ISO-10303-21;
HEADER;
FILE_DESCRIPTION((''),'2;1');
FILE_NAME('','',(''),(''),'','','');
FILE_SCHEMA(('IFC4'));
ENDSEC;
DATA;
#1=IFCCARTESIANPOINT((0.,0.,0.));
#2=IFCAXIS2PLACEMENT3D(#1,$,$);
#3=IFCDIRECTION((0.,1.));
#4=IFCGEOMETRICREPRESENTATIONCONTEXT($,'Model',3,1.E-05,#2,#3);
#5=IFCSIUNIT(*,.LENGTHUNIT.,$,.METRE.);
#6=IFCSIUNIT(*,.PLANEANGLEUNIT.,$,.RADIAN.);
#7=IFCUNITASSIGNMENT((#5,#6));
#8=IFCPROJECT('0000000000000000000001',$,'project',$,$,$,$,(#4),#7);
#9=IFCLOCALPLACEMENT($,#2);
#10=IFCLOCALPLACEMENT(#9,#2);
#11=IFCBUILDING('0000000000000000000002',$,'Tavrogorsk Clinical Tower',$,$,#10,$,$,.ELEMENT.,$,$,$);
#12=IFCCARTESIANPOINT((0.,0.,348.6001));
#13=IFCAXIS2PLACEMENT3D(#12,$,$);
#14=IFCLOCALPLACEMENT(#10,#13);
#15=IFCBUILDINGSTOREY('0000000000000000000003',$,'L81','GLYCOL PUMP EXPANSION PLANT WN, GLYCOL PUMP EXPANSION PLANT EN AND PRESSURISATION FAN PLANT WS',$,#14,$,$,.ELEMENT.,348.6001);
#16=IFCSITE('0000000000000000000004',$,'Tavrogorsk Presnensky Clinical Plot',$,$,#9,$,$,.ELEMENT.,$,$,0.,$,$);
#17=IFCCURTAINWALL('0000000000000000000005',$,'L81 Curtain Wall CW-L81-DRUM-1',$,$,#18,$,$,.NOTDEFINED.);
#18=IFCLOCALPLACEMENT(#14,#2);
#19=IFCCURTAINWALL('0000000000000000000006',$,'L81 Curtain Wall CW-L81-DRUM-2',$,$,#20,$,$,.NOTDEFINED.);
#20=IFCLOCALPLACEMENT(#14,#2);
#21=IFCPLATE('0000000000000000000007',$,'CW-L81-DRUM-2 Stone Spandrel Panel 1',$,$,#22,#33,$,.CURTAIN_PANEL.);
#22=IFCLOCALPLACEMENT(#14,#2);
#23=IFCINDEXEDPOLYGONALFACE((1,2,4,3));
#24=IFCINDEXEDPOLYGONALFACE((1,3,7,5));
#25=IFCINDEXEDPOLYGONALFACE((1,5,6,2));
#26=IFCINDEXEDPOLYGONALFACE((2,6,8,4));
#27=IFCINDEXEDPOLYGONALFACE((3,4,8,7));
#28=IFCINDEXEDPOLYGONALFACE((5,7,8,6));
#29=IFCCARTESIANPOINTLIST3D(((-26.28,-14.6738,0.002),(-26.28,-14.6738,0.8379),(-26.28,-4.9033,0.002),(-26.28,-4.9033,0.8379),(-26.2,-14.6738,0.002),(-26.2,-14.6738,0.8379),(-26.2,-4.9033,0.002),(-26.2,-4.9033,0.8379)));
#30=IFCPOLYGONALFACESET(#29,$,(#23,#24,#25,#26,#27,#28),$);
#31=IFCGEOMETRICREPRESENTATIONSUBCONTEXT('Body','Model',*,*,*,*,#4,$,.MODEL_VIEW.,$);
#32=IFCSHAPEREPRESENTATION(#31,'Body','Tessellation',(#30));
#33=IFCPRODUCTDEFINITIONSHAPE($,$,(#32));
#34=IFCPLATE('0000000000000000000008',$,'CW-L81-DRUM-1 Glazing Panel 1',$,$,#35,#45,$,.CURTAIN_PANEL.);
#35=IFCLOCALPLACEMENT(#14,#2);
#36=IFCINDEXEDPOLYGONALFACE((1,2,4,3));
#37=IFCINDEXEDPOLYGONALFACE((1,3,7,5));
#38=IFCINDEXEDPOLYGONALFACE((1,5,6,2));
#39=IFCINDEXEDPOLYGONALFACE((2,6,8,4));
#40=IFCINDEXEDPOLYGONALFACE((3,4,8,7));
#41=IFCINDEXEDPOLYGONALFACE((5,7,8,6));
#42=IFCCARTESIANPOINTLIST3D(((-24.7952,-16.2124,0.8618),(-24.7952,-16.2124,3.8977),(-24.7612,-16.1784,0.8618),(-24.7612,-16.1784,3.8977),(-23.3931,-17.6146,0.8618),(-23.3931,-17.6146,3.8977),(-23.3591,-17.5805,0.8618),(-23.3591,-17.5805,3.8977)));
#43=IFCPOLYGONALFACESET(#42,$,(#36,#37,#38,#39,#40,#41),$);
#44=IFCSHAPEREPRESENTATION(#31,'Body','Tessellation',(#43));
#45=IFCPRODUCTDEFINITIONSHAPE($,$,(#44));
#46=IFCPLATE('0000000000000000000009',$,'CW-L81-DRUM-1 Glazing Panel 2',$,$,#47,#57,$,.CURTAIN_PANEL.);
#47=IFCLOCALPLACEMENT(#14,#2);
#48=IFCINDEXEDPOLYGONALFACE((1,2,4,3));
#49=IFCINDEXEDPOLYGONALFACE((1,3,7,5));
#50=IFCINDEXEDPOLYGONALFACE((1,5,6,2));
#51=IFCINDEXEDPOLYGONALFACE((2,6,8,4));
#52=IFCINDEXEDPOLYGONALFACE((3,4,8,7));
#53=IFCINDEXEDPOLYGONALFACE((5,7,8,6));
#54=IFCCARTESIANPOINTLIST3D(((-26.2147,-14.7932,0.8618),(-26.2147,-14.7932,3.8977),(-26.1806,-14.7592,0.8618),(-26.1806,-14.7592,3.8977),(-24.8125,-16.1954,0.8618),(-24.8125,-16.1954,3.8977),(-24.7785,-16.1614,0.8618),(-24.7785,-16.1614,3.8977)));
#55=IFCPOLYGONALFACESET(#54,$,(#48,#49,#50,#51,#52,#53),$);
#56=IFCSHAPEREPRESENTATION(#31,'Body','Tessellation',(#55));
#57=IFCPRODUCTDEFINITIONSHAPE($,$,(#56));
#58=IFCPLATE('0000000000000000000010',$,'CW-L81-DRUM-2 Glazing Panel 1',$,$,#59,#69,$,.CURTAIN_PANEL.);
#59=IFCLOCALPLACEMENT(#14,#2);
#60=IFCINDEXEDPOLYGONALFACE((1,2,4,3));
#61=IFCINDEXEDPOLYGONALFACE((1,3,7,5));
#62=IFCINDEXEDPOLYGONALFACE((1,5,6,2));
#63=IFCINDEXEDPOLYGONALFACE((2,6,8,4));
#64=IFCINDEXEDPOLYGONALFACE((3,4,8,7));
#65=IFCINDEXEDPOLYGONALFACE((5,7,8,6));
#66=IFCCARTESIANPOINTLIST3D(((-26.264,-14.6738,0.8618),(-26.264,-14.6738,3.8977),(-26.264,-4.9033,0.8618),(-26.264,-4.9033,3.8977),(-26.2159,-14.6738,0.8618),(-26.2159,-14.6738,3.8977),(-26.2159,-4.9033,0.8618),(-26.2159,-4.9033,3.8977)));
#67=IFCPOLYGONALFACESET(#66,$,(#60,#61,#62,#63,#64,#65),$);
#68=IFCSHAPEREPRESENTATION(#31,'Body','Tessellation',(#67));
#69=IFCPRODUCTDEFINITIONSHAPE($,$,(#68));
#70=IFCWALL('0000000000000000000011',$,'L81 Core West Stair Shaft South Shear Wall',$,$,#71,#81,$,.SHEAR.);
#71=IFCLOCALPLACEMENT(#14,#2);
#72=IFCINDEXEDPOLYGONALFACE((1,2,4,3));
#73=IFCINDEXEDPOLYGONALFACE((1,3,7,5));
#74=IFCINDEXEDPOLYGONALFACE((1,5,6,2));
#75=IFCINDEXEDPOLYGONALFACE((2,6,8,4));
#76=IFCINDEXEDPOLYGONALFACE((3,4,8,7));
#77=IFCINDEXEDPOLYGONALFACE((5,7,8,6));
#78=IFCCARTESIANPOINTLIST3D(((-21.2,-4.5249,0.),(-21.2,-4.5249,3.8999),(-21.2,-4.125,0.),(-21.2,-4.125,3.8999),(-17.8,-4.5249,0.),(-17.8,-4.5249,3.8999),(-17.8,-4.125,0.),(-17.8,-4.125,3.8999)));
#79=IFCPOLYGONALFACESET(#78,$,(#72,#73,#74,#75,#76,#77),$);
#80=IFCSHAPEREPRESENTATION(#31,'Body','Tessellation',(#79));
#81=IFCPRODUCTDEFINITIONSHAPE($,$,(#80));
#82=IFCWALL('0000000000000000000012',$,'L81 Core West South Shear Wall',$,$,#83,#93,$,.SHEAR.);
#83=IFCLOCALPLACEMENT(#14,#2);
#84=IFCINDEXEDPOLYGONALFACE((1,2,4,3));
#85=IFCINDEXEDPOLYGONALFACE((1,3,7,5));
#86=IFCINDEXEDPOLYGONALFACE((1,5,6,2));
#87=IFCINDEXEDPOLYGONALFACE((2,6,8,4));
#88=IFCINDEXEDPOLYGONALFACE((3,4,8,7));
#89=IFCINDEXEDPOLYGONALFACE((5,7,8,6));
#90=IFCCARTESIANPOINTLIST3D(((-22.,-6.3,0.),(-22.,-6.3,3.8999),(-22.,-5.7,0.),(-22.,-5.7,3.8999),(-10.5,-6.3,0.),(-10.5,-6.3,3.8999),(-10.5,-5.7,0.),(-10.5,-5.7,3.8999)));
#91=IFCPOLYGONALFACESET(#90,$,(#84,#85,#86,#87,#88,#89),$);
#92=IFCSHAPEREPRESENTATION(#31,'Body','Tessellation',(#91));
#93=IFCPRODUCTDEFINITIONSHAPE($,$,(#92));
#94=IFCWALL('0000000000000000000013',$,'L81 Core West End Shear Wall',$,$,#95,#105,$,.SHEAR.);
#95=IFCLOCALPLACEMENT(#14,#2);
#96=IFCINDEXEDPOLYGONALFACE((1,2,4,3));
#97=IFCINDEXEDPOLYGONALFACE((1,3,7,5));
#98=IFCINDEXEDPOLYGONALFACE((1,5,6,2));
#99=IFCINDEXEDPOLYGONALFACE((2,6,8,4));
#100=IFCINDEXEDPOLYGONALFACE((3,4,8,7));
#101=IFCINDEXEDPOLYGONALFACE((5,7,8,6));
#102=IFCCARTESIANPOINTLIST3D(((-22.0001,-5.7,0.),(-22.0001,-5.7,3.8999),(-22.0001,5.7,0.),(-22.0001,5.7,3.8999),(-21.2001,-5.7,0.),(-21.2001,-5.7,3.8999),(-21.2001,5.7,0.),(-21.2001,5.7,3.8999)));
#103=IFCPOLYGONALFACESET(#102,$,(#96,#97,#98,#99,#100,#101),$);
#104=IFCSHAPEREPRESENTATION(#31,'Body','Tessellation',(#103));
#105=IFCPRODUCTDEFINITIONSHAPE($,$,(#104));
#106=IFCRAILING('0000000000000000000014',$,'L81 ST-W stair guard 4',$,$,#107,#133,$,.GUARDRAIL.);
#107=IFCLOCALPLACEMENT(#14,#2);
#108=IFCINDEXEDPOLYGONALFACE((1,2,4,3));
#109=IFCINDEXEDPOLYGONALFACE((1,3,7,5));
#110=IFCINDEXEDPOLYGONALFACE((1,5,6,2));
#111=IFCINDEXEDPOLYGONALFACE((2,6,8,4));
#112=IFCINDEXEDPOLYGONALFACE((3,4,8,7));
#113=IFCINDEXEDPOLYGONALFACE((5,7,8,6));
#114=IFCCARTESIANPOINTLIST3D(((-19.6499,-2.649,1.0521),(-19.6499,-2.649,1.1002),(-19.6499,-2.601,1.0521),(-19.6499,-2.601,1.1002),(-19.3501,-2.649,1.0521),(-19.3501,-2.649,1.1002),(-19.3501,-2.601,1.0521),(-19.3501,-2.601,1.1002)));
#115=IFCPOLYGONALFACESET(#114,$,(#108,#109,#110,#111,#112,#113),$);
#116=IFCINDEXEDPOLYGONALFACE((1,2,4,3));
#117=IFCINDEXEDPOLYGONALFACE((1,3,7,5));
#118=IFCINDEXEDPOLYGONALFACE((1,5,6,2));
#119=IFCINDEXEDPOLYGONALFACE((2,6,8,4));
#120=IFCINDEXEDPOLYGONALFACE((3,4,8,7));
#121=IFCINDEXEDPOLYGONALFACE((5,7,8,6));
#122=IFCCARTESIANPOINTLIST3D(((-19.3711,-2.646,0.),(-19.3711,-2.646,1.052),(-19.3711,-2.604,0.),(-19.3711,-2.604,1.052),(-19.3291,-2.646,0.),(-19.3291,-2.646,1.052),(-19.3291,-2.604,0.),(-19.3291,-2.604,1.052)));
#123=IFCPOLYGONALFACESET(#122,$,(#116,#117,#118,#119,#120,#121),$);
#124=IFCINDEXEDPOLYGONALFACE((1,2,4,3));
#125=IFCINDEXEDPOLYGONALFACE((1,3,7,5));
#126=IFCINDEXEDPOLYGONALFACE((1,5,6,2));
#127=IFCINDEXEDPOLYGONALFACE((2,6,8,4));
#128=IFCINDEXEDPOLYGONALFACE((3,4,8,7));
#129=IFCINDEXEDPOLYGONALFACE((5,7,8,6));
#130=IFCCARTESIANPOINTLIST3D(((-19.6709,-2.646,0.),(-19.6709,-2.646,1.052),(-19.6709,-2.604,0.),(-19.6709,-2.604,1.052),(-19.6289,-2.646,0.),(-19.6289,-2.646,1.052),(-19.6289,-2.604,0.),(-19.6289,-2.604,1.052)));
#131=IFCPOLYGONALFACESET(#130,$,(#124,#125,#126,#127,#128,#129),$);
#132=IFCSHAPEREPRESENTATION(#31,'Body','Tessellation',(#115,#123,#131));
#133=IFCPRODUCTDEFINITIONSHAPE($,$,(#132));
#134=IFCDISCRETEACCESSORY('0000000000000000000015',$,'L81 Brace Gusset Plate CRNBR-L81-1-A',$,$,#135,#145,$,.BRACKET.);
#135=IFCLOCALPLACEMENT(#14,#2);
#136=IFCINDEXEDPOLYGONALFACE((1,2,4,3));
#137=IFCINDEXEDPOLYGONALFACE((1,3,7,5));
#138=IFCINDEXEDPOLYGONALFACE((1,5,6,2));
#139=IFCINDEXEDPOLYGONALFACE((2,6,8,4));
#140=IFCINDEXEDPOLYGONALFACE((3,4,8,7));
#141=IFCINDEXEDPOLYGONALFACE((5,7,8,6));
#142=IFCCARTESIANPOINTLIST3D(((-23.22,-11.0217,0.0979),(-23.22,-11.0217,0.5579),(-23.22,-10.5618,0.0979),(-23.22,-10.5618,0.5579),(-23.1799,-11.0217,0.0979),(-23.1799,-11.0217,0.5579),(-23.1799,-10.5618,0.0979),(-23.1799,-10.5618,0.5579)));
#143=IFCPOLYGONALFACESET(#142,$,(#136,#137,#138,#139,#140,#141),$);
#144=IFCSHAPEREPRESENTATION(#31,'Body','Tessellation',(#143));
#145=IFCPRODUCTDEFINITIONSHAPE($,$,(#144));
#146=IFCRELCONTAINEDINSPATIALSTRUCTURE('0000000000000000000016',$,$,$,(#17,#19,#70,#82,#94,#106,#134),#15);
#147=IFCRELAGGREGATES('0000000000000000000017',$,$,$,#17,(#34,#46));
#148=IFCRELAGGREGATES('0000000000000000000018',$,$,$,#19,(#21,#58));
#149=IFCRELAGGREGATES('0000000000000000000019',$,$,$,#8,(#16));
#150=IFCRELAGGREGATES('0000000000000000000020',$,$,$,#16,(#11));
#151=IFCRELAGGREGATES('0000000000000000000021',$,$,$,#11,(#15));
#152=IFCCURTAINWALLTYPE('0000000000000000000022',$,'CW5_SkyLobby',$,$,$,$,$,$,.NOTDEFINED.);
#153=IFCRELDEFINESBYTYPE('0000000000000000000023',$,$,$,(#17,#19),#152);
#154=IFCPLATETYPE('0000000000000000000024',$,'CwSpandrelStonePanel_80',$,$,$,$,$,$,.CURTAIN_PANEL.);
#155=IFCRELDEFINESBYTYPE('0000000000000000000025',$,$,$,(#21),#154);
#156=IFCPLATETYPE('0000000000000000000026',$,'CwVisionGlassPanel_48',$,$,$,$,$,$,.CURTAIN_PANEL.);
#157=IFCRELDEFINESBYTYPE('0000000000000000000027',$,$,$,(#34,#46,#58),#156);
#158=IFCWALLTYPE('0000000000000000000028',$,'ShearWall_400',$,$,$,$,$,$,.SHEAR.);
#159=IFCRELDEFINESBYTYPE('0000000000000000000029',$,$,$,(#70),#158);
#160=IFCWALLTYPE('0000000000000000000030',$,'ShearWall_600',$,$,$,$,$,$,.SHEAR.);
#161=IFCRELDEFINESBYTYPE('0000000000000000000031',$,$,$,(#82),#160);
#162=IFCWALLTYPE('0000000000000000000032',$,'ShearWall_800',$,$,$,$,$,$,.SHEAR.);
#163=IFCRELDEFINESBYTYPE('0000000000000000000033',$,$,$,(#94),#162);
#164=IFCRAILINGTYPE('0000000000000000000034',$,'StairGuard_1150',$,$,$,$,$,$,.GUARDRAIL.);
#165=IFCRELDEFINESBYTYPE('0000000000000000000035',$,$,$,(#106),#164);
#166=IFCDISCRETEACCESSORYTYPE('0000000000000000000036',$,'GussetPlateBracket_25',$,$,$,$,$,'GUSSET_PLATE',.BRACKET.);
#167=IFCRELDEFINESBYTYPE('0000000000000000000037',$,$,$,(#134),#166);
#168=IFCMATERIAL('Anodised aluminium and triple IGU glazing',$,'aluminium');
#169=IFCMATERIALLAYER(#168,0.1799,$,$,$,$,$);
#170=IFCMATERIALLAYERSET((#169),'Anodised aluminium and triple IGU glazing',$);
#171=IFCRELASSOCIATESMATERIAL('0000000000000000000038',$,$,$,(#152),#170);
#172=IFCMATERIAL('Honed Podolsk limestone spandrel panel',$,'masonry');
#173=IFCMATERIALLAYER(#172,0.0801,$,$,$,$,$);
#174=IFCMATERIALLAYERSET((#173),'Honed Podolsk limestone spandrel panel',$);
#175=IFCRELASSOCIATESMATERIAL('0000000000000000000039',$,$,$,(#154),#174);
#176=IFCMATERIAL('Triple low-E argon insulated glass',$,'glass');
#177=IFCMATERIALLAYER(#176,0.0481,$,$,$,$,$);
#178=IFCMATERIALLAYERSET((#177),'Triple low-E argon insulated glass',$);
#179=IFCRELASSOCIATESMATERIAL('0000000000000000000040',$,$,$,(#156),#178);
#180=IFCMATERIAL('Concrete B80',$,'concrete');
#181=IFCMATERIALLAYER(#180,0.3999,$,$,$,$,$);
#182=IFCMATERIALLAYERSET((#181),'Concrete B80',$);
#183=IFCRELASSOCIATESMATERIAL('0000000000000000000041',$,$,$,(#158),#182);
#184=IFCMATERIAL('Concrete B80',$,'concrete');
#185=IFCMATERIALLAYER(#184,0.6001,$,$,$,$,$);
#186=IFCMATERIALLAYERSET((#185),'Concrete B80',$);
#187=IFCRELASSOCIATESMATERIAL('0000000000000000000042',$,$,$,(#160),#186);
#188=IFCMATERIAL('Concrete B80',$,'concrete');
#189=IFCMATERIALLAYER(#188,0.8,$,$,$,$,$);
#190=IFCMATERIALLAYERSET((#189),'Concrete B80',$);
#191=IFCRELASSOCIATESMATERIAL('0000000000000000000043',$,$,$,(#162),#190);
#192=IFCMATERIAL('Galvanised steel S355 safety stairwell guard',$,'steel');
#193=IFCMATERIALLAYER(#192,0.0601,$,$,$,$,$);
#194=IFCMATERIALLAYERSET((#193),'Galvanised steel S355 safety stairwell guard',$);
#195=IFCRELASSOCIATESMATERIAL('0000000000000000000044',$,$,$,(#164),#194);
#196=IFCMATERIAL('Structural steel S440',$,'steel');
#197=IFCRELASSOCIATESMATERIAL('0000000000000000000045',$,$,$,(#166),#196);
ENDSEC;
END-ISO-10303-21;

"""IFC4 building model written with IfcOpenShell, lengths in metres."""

from ifc_helpers import new_model, si_unit, direction, frame, frame_2d, origin, origin_2d, place, context, subcontext, project, spatial, rectangle, extrude, material, layer, layer_set, type_object, element, aggregate, save


model = new_model("IFC4")

# Units and contexts
model_context = context("Model", 3, precision=1e-05, world=origin(), true_north=direction((0.0, 1.0)))
body_context = subcontext(model_context, "Body", "Model", "MODEL_VIEW")
ifc_project = project(units=[si_unit("LENGTHUNIT", "METRE"), si_unit("PLANEANGLEUNIT", "RADIAN")], contexts=[model_context])

# Site, building, storey
site_placement = place(None, origin())
site = spatial("IfcSite", under=ifc_project, at=site_placement, Name="Tavrogorsk Presnensky Clinical Plot", CompositionType="ELEMENT", RefElevation=0.0)
building_placement = place(site_placement, origin())
building = spatial("IfcBuilding", under=site, at=building_placement, Name="Tavrogorsk Clinical Tower", CompositionType="ELEMENT")
storey_placement = place(building_placement, frame((0.0, 0.0, 348.6001)))
storey = spatial("IfcBuildingStorey", under=building, at=storey_placement, Name="L81", Description="GLYCOL PUMP EXPANSION PLANT WN, GLYCOL PUMP EXPANSION PLANT EN AND PRESSURISATION FAN PLANT WS", CompositionType="ELEMENT", Elevation=348.6001)

# Curtain walls
ifc_material_1 = material(Name="Anodised aluminium and triple IGU glazing", Category="aluminium")
ifc_layer_1 = layer(ifc_material_1, 0.1799)
ifc_layer_set_1 = layer_set([ifc_layer_1], Name="Anodised aluminium and triple IGU glazing")
curtain_wall_type = type_object("IfcCurtainWallType", Name="CW5_SkyLobby", PredefinedType="NOTDEFINED", material=ifc_layer_set_1)
curtain_wall_1_placement = place(storey_placement, origin())
curtain_wall_1 = element("IfcCurtainWall", 1, at=curtain_wall_1_placement, inside=storey, type_object=curtain_wall_type, Name="L81 Curtain Wall CW-L81-DRUM-1", PredefinedType="NOTDEFINED")
curtain_wall_2_placement = place(storey_placement, origin())
curtain_wall_2 = element("IfcCurtainWall", 2, at=curtain_wall_2_placement, inside=storey, type_object=curtain_wall_type, Name="L81 Curtain Wall CW-L81-DRUM-2", PredefinedType="NOTDEFINED")

# Plates
ifc_material_2 = material(Name="Honed Podolsk limestone spandrel panel", Category="masonry")
ifc_layer_2 = layer(ifc_material_2, 0.0801)
ifc_layer_set_2 = layer_set([ifc_layer_2], Name="Honed Podolsk limestone spandrel panel")
plate_type_1 = type_object("IfcPlateType", Name="CwSpandrelStonePanel_80", PredefinedType="CURTAIN_PANEL", material=ifc_layer_set_2)
plate_1_placement = place(storey_placement, frame((-26.24, -9.7886, 0.002), z_axis=(0.0, 0.0, 1.0), x_axis=(0.0, 1.0, 0.0)))
plate_1 = element("IfcPlate", 3, at=plate_1_placement, type_object=plate_type_1, Name="CW-L81-DRUM-2 Stone Spandrel Panel 1", PredefinedType="CURTAIN_PANEL", context=body_context, shape_type="SweptSolid", body=[
    extrude(rectangle(XDim=9.7705, YDim=0.0801, at=origin_2d()), origin(), (0.0, 0.0, 1.0), 0.8359),
])
ifc_material_3 = material(Name="Triple low-E argon insulated glass", Category="glass")
ifc_layer_3 = layer(ifc_material_3, 0.0481)
ifc_layer_set_3 = layer_set([ifc_layer_3], Name="Triple low-E argon insulated glass")
plate_type_2 = type_object("IfcPlateType", Name="CwVisionGlassPanel_48", PredefinedType="CURTAIN_PANEL", material=ifc_layer_set_3)
plate_2_placement = place(storey_placement, frame((-24.0771, -16.8965, 0.8618), z_axis=(0.0, 0.0, 1.0), x_axis=(-0.707107, 0.707107, 0.0)))
plate_2 = element("IfcPlate", 4, at=plate_2_placement, type_object=plate_type_2, Name="CW-L81-DRUM-1 Glazing Panel 1", PredefinedType="CURTAIN_PANEL", context=body_context, shape_type="SweptSolid", body=[
    extrude(rectangle(XDim=1.9829, YDim=0.0481, at=origin_2d()), origin(), (0.0, 0.0, 1.0), 3.0359),
])
plate_3_placement = place(storey_placement, frame((-25.4966, -15.4773, 0.8618), z_axis=(0.0, 0.0, 1.0), x_axis=(-0.707107, 0.707107, 0.0)))
plate_3 = element("IfcPlate", 5, at=plate_3_placement, type_object=plate_type_2, Name="CW-L81-DRUM-1 Glazing Panel 2", PredefinedType="CURTAIN_PANEL", context=body_context, shape_type="SweptSolid", body=[
    extrude(rectangle(XDim=1.9829, YDim=0.0481, at=origin_2d()), origin(), (0.0, 0.0, 1.0), 3.0359),
])
aggregate(curtain_wall_1, [plate_2, plate_3])
plate_4_placement = place(storey_placement, frame((-26.24, -9.7886, 0.8618), z_axis=(0.0, 0.0, 1.0), x_axis=(0.0, 1.0, 0.0)))
plate_4 = element("IfcPlate", 6, at=plate_4_placement, type_object=plate_type_2, Name="CW-L81-DRUM-2 Glazing Panel 1", PredefinedType="CURTAIN_PANEL", context=body_context, shape_type="SweptSolid", body=[
    extrude(rectangle(XDim=9.7705, YDim=0.0481, at=origin_2d()), origin(), (0.0, 0.0, 1.0), 3.0359),
])
aggregate(curtain_wall_2, [plate_1, plate_4])

# Walls
ifc_material_4 = material(Name="Concrete B80", Category="concrete")
ifc_layer_4 = layer(ifc_material_4, 0.3999)
ifc_layer_set_4 = layer_set([ifc_layer_4], Name="Concrete B80")
wall_type_1 = type_object("IfcWallType", Name="ShearWall_400", PredefinedType="SHEAR", material=ifc_layer_set_4)
wall_1_placement = place(storey_placement, frame((-21.2, -4.325, 0.0), z_axis=(0.0, 0.0, 1.0), x_axis=(1.0, 0.0, 0.0)))
element("IfcWall", 7, at=wall_1_placement, inside=storey, type_object=wall_type_1, Name="L81 Core West Stair Shaft South Shear Wall", PredefinedType="SHEAR", context=body_context, shape_type="SweptSolid", body=[
    extrude(rectangle(XDim=3.3999, YDim=0.3999, at=frame_2d((1.7, 0.0))), origin(), (0.0, 0.0, 1.0), 3.8999),
])
ifc_material_5 = material(Name="Concrete B80", Category="concrete")
ifc_layer_5 = layer(ifc_material_5, 0.6001)
ifc_layer_set_5 = layer_set([ifc_layer_5], Name="Concrete B80")
wall_type_2 = type_object("IfcWallType", Name="ShearWall_600", PredefinedType="SHEAR", material=ifc_layer_set_5)
wall_2_placement = place(storey_placement, frame((-22.0, -6.0, 0.0), z_axis=(0.0, 0.0, 1.0), x_axis=(1.0, 0.0, 0.0)))
element("IfcWall", 8, at=wall_2_placement, inside=storey, type_object=wall_type_2, Name="L81 Core West South Shear Wall", PredefinedType="SHEAR", context=body_context, shape_type="SweptSolid", body=[
    extrude(rectangle(XDim=11.5, YDim=0.6001, at=frame_2d((5.75, 0.0))), origin(), (0.0, 0.0, 1.0), 3.8999),
])
ifc_material_6 = material(Name="Concrete B80", Category="concrete")
ifc_layer_6 = layer(ifc_material_6, 0.8)
ifc_layer_set_6 = layer_set([ifc_layer_6], Name="Concrete B80")
wall_type_3 = type_object("IfcWallType", Name="ShearWall_800", PredefinedType="SHEAR", material=ifc_layer_set_6)
wall_3_placement = place(storey_placement, frame((-21.6001, -5.7, 0.0), z_axis=(0.0, 0.0, 1.0), x_axis=(0.0, 1.0, 0.0)))
element("IfcWall", 9, at=wall_3_placement, inside=storey, type_object=wall_type_3, Name="L81 Core West End Shear Wall", PredefinedType="SHEAR", context=body_context, shape_type="SweptSolid", body=[
    extrude(rectangle(XDim=11.3999, YDim=0.8, at=frame_2d((5.7, 0.0))), origin(), (0.0, 0.0, 1.0), 3.8999),
])

# Railing
ifc_material_7 = material(Name="Galvanised steel S355 safety stairwell guard", Category="steel")
ifc_layer_7 = layer(ifc_material_7, 0.0601)
ifc_layer_set_7 = layer_set([ifc_layer_7], Name="Galvanised steel S355 safety stairwell guard")
railing_type = type_object("IfcRailingType", Name="StairGuard_1150", PredefinedType="GUARDRAIL", material=ifc_layer_set_7)
railing_placement = place(storey_placement, frame((-19.3501, -2.625, 0.0)))
element("IfcRailing", 10, at=railing_placement, inside=storey, type_object=railing_type, Name="L81 ST-W stair guard 4", PredefinedType="GUARDRAIL", context=body_context, shape_type="SweptSolid", body=[
    extrude(rectangle(XDim=0.0481, YDim=0.0481, at=origin_2d()), frame((0.0, 0.0, 1.0762), z_axis=(-1.0, 0.0, 0.0), x_axis=(0.0, -1.0, 0.0)), (0.0, 0.0, 1.0), 0.2998),
    extrude(rectangle(XDim=0.042, YDim=0.042, at=origin_2d()), origin(), (0.0, 0.0, 1.0), 1.052),
    extrude(rectangle(XDim=0.042, YDim=0.042, at=origin_2d()), frame((-0.2998, 0.0, 0.0)), (0.0, 0.0, 1.0), 1.052),
])

# Discrete accessory
ifc_material_8 = material(Name="Structural steel S440", Category="steel")
discrete_accessory_type = type_object("IfcDiscreteAccessoryType", Name="GussetPlateBracket_25", ElementType="GUSSET_PLATE", PredefinedType="BRACKET", material=ifc_material_8)
discrete_accessory_placement = place(storey_placement, frame((-23.2, -10.7917, 0.0979), z_axis=(0.0, 0.0, 1.0), x_axis=(0.0, 1.0, 0.0)))
element("IfcDiscreteAccessory", 11, at=discrete_accessory_placement, inside=storey, type_object=discrete_accessory_type, Name="L81 Brace Gusset Plate CRNBR-L81-1-A", PredefinedType="BRACKET", context=body_context, shape_type="SweptSolid", body=[
    extrude(rectangle(XDim=0.46, YDim=0.04, at=origin_2d()), origin(), (0.0, 0.0, 1.0), 0.46),
])

save(model, "model.ifc")
